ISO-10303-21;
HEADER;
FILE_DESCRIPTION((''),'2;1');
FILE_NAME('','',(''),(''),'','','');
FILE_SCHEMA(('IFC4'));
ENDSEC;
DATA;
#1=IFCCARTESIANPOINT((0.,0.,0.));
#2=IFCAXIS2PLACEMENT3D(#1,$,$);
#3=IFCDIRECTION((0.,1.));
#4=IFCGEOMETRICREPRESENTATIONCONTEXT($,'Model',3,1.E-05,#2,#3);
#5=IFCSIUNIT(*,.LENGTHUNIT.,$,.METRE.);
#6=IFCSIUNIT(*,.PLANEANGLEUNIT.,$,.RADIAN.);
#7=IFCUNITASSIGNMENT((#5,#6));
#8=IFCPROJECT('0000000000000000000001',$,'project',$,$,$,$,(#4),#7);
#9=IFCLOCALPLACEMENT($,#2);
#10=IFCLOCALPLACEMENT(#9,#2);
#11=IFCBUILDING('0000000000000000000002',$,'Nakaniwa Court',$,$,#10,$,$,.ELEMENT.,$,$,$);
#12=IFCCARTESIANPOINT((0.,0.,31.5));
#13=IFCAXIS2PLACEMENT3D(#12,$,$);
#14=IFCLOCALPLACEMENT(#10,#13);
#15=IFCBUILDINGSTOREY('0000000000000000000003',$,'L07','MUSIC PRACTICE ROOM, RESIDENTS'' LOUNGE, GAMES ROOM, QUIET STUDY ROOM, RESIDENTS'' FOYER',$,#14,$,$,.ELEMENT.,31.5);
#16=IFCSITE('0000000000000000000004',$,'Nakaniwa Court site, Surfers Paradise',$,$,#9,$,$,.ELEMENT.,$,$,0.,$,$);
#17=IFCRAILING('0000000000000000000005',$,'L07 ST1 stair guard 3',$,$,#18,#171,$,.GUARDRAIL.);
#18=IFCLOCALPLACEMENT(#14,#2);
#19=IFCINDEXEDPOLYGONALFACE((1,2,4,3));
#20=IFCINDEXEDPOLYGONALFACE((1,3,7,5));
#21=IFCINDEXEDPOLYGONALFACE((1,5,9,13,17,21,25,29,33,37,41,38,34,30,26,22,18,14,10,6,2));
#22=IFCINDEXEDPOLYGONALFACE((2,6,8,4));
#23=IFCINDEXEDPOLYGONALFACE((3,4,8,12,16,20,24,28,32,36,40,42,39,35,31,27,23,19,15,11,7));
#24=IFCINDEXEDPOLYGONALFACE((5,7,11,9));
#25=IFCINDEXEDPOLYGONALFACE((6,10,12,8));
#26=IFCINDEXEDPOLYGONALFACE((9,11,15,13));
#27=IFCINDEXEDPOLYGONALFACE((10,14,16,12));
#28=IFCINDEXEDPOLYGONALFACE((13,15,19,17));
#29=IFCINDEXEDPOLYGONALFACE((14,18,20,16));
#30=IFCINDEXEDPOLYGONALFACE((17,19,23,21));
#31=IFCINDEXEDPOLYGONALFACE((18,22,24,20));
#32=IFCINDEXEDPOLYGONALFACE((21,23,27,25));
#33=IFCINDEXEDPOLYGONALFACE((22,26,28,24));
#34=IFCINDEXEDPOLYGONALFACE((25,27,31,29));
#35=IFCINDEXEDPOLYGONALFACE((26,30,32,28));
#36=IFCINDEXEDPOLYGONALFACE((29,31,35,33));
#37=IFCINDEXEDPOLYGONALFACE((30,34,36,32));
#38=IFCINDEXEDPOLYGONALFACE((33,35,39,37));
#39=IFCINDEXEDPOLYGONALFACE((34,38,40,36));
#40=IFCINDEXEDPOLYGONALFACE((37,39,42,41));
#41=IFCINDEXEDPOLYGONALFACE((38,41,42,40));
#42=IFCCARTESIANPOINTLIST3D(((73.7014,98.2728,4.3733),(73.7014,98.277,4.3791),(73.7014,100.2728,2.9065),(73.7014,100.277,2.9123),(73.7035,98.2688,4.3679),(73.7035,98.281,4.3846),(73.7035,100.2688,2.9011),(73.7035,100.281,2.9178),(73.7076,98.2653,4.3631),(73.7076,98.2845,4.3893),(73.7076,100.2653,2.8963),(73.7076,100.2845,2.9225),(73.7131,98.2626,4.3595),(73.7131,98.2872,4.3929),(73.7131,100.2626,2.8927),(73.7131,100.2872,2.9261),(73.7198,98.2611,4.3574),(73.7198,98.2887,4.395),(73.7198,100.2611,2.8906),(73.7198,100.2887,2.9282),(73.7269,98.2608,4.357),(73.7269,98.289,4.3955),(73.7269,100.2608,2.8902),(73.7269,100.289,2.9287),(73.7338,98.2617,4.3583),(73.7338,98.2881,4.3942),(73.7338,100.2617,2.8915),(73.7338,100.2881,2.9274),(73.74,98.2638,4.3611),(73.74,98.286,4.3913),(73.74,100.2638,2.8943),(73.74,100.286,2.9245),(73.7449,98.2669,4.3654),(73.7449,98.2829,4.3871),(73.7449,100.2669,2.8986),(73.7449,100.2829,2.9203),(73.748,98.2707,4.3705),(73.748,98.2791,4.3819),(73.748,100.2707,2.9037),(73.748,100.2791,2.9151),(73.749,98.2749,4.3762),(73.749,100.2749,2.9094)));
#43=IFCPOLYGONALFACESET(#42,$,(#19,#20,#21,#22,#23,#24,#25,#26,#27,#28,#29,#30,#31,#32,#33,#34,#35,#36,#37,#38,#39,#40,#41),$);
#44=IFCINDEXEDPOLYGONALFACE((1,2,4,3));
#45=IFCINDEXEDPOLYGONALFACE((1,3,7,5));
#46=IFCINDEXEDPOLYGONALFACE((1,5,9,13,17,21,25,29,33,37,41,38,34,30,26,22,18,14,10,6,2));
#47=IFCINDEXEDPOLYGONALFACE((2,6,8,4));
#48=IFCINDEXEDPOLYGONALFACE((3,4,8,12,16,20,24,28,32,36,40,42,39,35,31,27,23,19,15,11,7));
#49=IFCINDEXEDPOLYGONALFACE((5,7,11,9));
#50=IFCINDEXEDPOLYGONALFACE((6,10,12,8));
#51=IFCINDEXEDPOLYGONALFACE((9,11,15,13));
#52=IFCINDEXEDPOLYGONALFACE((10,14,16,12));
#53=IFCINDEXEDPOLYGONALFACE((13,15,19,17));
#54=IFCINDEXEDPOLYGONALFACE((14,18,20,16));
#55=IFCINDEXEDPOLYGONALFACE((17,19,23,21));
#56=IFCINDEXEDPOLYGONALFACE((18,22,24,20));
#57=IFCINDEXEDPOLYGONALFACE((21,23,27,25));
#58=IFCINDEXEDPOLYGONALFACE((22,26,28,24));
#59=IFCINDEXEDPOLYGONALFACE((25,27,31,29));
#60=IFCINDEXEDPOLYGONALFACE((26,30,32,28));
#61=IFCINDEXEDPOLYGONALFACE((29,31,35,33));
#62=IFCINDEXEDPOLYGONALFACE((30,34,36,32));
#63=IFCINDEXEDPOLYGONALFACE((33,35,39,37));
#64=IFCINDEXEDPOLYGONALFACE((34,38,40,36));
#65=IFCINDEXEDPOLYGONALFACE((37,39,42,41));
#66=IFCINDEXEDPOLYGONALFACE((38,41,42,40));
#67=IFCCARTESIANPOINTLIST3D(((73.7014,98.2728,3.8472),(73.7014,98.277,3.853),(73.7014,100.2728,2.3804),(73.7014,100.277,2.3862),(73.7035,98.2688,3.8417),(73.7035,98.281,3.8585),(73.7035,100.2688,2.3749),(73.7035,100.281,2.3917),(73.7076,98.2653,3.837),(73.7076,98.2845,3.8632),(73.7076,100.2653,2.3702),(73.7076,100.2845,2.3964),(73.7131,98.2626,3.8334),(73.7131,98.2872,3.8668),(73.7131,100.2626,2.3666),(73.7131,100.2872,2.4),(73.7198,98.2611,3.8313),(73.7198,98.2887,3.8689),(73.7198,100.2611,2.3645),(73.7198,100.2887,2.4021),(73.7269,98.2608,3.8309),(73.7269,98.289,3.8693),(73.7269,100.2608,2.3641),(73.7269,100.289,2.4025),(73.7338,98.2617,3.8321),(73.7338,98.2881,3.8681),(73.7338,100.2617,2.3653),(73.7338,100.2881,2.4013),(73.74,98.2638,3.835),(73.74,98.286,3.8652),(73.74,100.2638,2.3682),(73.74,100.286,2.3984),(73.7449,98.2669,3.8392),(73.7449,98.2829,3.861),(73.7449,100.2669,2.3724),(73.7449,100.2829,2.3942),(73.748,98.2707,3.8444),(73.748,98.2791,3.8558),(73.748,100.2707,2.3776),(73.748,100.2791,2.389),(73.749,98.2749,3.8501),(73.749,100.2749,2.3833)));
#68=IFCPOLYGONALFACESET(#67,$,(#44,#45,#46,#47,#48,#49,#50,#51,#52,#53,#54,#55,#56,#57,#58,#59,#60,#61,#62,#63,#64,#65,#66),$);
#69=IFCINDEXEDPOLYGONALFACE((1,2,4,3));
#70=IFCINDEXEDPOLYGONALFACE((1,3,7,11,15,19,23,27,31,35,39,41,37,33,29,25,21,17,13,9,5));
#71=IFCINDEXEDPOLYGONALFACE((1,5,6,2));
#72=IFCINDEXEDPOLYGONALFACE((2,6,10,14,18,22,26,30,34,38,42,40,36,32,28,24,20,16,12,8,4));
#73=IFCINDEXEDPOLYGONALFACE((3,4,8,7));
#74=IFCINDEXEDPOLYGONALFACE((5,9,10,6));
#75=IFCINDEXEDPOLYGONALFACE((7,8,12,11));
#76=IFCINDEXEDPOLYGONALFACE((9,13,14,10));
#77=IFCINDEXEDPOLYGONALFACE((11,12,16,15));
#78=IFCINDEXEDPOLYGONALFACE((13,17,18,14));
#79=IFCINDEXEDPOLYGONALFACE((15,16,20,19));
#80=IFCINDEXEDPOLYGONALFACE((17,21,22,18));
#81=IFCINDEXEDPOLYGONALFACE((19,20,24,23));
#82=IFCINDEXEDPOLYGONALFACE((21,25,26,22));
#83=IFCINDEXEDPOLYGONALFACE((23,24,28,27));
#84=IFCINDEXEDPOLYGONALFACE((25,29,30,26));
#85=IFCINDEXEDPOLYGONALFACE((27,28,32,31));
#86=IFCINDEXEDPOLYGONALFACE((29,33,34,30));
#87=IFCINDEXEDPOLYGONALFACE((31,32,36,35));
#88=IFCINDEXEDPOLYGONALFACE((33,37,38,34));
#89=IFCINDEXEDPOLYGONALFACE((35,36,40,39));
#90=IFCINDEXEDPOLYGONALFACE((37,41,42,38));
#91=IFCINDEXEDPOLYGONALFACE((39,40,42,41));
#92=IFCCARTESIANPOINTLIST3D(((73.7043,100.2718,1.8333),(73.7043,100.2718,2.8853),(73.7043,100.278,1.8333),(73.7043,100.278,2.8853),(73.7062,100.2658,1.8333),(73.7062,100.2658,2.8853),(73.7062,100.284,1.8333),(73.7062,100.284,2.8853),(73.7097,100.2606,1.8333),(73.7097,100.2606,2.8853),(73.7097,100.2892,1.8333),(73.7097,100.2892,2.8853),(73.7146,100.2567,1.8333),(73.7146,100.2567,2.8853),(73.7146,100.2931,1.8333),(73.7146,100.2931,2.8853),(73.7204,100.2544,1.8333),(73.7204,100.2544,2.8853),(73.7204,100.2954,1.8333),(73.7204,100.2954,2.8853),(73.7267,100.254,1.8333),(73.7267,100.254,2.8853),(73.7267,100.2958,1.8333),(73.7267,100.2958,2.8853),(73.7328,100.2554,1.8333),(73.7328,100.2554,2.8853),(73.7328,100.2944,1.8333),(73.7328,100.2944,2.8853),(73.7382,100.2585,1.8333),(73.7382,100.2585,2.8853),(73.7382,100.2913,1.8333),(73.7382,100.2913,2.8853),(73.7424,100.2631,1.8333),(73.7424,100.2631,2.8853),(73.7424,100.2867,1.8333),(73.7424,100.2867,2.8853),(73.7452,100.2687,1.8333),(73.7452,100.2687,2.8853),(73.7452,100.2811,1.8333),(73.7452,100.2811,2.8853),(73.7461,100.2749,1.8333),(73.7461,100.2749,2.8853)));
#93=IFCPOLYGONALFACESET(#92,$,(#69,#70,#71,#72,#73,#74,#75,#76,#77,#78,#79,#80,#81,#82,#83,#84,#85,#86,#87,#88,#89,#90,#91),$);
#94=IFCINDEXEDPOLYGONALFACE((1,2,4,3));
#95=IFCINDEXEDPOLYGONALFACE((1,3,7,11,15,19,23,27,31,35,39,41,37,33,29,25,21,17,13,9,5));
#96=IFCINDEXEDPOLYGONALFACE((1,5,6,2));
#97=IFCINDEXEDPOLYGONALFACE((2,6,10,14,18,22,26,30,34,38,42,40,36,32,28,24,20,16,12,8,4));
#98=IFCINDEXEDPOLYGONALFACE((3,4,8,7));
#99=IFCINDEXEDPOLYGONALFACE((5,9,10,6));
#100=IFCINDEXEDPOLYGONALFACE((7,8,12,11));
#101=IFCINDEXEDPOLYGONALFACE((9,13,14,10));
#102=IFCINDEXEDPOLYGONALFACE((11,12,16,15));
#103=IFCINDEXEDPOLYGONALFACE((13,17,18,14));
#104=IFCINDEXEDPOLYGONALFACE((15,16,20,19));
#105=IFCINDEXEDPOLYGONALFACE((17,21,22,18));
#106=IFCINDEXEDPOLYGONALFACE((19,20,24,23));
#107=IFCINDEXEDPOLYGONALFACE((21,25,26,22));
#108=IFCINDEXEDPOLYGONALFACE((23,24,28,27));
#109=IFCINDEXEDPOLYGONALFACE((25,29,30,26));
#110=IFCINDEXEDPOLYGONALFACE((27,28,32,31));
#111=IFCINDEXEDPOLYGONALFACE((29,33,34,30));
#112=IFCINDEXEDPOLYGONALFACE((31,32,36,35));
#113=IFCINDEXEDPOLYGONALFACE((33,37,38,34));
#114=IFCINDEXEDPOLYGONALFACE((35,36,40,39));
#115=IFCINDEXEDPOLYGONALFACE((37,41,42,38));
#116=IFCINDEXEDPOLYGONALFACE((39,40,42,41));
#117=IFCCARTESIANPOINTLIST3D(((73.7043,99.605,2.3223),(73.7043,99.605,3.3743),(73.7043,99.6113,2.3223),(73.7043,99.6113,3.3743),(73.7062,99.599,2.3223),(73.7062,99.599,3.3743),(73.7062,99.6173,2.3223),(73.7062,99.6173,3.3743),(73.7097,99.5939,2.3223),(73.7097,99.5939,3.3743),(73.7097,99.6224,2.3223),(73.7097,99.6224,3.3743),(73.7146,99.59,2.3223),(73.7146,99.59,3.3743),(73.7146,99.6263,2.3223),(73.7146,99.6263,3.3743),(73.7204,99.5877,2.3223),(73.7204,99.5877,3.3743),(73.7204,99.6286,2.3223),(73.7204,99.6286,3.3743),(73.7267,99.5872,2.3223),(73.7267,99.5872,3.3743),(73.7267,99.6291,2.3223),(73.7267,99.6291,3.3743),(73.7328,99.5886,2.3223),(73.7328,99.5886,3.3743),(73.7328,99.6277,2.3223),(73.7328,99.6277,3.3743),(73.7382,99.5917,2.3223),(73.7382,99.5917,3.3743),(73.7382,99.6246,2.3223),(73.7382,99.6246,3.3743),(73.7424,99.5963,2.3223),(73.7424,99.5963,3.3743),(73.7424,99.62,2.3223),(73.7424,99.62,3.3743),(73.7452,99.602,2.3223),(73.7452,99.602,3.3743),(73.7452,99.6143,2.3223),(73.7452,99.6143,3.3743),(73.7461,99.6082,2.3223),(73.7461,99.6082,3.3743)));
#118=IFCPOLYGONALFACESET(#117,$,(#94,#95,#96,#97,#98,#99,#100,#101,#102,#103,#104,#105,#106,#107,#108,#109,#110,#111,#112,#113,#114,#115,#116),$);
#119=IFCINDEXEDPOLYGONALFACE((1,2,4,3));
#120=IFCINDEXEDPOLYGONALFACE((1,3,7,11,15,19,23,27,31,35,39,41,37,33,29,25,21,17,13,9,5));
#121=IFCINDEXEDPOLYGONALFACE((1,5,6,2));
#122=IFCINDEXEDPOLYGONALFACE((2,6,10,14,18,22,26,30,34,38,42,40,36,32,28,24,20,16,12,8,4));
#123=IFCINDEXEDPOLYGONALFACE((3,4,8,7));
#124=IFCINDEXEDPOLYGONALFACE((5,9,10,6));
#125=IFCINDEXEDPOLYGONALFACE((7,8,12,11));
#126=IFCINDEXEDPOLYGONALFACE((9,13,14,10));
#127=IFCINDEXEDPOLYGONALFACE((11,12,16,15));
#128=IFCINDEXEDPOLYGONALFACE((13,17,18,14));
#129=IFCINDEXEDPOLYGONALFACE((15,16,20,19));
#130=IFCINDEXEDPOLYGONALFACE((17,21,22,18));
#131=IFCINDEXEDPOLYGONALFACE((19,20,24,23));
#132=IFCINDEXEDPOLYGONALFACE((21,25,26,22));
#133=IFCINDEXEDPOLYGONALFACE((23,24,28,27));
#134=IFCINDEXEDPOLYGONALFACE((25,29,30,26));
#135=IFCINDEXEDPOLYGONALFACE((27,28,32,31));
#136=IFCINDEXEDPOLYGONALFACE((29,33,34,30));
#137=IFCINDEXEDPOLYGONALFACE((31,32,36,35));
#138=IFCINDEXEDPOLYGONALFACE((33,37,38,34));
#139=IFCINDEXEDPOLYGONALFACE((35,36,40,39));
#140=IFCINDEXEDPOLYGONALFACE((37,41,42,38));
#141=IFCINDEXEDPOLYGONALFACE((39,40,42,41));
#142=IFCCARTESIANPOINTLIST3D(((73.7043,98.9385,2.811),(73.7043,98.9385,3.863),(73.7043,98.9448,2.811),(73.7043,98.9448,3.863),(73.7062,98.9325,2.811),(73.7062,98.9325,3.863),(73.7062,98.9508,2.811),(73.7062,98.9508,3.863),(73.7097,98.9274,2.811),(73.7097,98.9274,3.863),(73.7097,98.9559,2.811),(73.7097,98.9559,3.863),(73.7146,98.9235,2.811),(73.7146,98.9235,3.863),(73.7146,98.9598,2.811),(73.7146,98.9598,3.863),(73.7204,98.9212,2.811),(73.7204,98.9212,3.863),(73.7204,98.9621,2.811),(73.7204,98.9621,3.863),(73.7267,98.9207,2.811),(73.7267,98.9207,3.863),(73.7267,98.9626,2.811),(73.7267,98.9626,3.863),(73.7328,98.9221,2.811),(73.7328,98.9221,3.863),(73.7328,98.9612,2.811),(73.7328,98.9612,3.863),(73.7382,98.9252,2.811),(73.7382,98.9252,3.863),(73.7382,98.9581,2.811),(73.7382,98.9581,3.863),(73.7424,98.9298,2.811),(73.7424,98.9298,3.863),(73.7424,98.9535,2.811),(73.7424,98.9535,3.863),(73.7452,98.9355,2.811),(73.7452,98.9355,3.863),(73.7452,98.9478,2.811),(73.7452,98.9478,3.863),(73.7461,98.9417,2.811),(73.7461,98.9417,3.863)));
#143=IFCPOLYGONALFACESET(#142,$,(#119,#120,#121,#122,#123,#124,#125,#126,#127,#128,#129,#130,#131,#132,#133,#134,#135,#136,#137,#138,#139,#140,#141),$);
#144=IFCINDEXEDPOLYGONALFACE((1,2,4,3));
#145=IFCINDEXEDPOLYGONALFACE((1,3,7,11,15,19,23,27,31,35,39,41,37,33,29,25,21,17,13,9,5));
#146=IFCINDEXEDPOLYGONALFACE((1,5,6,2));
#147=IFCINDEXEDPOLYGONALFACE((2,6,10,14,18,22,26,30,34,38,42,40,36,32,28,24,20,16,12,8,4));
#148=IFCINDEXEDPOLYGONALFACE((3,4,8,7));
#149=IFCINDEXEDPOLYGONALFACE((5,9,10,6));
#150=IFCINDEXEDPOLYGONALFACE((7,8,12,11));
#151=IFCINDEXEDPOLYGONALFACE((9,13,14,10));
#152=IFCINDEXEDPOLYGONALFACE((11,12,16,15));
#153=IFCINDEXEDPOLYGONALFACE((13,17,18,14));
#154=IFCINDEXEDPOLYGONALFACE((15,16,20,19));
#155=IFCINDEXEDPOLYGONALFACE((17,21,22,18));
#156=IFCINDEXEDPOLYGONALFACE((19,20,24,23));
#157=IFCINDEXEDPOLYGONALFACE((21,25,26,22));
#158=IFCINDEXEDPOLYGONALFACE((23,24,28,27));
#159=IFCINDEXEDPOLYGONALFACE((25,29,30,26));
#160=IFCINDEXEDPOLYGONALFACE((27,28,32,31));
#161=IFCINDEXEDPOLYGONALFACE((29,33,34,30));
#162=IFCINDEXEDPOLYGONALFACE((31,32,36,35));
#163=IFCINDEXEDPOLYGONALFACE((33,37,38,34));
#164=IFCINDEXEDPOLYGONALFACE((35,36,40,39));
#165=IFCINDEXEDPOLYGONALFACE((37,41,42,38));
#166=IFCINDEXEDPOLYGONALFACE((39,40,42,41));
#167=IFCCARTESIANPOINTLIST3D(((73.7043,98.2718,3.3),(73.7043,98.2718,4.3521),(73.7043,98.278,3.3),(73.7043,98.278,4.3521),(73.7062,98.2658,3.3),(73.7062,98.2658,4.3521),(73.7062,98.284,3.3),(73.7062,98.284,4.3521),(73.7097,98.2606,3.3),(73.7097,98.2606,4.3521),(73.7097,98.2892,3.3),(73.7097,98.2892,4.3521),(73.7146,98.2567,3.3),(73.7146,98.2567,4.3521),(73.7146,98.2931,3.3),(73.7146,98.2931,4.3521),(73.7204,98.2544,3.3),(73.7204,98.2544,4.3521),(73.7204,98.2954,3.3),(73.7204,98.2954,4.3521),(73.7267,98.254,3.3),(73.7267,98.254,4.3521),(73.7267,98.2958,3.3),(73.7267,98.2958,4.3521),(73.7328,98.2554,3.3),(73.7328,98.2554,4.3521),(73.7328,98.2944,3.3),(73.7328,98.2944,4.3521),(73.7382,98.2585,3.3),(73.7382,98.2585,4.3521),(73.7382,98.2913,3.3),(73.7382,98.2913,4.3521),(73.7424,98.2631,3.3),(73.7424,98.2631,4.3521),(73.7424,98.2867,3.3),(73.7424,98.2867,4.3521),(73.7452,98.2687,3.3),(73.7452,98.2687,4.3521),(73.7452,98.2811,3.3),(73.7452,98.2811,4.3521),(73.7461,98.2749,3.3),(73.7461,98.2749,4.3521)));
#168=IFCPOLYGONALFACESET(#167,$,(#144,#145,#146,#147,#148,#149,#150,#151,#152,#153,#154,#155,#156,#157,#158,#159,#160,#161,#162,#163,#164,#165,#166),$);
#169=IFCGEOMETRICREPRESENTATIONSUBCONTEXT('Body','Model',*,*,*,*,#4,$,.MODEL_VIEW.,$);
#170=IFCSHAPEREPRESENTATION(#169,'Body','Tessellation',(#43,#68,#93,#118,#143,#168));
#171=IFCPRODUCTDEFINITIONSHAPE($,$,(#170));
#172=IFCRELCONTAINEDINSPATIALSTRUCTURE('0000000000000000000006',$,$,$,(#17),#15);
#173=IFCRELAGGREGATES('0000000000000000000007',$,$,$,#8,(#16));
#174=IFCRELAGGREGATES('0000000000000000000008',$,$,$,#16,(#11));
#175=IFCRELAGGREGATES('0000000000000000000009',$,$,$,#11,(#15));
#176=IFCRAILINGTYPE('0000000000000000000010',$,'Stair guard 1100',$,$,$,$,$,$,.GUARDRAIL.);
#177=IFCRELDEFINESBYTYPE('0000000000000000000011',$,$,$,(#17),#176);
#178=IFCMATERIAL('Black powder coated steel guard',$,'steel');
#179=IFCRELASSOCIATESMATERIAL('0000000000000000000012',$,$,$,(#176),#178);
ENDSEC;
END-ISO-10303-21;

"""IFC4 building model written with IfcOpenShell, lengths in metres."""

from ifc_helpers import new_model, si_unit, direction, frame, origin, origin_2d, place, context, subcontext, project, spatial, circle, extrude, material, type_object, element, save


model = new_model("IFC4")

# Units and contexts
model_context = context("Model", 3, precision=1e-05, world=origin(), true_north=direction((0.0, 1.0)))
body_context = subcontext(model_context, "Body", "Model", "MODEL_VIEW")
ifc_project = project(units=[si_unit("LENGTHUNIT", "METRE"), si_unit("PLANEANGLEUNIT", "RADIAN")], contexts=[model_context])

# Site, building, storey
site_placement = place(None, origin())
site = spatial("IfcSite", under=ifc_project, at=site_placement, Name="Nakaniwa Court site, Surfers Paradise", CompositionType="ELEMENT", RefElevation=0.0)
building_placement = place(site_placement, origin())
building = spatial("IfcBuilding", under=site, at=building_placement, Name="Nakaniwa Court", CompositionType="ELEMENT")
storey_placement = place(building_placement, frame((0.0, 0.0, 31.5)))
storey = spatial("IfcBuildingStorey", under=building, at=storey_placement, Name="L07", Description="MUSIC PRACTICE ROOM, RESIDENTS' LOUNGE, GAMES ROOM, QUIET STUDY ROOM, RESIDENTS' FOYER", CompositionType="ELEMENT", Elevation=31.5)

# Railing
ifc_material_1 = material(Name="Black powder coated steel guard", Category="steel")
railing_type_1 = type_object("IfcRailingType", Name="Stair guard 1100", PredefinedType="GUARDRAIL", material=ifc_material_1)
railing_1_placement = place(storey_placement, frame((73.7251, 100.2749, 1.8333)))
element("IfcRailing", 1, at=railing_1_placement, inside=storey, type_object=railing_type_1, Name="L07 ST1 stair guard 3", PredefinedType="GUARDRAIL", context=body_context, shape_type="SweptSolid", body=[
    extrude(circle(Radius=0.0239, at=origin_2d()), frame((0.0, 0.0, 1.0762), z_axis=(0.0, -0.80638, 0.591398), x_axis=(1.0, 0.0, 0.0)), (0.0, 0.0, 1.0), 2.4802),
    extrude(circle(Radius=0.0239, at=origin_2d()), frame((0.0, 0.0, 0.55), z_axis=(0.0, -0.80638, 0.591398), x_axis=(1.0, 0.0, 0.0)), (0.0, 0.0, 1.0), 2.4802),
    extrude(circle(Radius=0.021, at=origin_2d()), origin(), (0.0, 0.0, 1.0), 1.052),
    extrude(circle(Radius=0.021, at=origin_2d()), frame((0.0, -0.6667, 0.489)), (0.0, 0.0, 1.0), 1.052),
    extrude(circle(Radius=0.021, at=origin_2d()), frame((0.0, -1.3333, 0.9778)), (0.0, 0.0, 1.0), 1.052),
    extrude(circle(Radius=0.021, at=origin_2d()), frame((0.0, -2.0, 1.4668)), (0.0, 0.0, 1.0), 1.052),
])

save(model, "model.ifc")
